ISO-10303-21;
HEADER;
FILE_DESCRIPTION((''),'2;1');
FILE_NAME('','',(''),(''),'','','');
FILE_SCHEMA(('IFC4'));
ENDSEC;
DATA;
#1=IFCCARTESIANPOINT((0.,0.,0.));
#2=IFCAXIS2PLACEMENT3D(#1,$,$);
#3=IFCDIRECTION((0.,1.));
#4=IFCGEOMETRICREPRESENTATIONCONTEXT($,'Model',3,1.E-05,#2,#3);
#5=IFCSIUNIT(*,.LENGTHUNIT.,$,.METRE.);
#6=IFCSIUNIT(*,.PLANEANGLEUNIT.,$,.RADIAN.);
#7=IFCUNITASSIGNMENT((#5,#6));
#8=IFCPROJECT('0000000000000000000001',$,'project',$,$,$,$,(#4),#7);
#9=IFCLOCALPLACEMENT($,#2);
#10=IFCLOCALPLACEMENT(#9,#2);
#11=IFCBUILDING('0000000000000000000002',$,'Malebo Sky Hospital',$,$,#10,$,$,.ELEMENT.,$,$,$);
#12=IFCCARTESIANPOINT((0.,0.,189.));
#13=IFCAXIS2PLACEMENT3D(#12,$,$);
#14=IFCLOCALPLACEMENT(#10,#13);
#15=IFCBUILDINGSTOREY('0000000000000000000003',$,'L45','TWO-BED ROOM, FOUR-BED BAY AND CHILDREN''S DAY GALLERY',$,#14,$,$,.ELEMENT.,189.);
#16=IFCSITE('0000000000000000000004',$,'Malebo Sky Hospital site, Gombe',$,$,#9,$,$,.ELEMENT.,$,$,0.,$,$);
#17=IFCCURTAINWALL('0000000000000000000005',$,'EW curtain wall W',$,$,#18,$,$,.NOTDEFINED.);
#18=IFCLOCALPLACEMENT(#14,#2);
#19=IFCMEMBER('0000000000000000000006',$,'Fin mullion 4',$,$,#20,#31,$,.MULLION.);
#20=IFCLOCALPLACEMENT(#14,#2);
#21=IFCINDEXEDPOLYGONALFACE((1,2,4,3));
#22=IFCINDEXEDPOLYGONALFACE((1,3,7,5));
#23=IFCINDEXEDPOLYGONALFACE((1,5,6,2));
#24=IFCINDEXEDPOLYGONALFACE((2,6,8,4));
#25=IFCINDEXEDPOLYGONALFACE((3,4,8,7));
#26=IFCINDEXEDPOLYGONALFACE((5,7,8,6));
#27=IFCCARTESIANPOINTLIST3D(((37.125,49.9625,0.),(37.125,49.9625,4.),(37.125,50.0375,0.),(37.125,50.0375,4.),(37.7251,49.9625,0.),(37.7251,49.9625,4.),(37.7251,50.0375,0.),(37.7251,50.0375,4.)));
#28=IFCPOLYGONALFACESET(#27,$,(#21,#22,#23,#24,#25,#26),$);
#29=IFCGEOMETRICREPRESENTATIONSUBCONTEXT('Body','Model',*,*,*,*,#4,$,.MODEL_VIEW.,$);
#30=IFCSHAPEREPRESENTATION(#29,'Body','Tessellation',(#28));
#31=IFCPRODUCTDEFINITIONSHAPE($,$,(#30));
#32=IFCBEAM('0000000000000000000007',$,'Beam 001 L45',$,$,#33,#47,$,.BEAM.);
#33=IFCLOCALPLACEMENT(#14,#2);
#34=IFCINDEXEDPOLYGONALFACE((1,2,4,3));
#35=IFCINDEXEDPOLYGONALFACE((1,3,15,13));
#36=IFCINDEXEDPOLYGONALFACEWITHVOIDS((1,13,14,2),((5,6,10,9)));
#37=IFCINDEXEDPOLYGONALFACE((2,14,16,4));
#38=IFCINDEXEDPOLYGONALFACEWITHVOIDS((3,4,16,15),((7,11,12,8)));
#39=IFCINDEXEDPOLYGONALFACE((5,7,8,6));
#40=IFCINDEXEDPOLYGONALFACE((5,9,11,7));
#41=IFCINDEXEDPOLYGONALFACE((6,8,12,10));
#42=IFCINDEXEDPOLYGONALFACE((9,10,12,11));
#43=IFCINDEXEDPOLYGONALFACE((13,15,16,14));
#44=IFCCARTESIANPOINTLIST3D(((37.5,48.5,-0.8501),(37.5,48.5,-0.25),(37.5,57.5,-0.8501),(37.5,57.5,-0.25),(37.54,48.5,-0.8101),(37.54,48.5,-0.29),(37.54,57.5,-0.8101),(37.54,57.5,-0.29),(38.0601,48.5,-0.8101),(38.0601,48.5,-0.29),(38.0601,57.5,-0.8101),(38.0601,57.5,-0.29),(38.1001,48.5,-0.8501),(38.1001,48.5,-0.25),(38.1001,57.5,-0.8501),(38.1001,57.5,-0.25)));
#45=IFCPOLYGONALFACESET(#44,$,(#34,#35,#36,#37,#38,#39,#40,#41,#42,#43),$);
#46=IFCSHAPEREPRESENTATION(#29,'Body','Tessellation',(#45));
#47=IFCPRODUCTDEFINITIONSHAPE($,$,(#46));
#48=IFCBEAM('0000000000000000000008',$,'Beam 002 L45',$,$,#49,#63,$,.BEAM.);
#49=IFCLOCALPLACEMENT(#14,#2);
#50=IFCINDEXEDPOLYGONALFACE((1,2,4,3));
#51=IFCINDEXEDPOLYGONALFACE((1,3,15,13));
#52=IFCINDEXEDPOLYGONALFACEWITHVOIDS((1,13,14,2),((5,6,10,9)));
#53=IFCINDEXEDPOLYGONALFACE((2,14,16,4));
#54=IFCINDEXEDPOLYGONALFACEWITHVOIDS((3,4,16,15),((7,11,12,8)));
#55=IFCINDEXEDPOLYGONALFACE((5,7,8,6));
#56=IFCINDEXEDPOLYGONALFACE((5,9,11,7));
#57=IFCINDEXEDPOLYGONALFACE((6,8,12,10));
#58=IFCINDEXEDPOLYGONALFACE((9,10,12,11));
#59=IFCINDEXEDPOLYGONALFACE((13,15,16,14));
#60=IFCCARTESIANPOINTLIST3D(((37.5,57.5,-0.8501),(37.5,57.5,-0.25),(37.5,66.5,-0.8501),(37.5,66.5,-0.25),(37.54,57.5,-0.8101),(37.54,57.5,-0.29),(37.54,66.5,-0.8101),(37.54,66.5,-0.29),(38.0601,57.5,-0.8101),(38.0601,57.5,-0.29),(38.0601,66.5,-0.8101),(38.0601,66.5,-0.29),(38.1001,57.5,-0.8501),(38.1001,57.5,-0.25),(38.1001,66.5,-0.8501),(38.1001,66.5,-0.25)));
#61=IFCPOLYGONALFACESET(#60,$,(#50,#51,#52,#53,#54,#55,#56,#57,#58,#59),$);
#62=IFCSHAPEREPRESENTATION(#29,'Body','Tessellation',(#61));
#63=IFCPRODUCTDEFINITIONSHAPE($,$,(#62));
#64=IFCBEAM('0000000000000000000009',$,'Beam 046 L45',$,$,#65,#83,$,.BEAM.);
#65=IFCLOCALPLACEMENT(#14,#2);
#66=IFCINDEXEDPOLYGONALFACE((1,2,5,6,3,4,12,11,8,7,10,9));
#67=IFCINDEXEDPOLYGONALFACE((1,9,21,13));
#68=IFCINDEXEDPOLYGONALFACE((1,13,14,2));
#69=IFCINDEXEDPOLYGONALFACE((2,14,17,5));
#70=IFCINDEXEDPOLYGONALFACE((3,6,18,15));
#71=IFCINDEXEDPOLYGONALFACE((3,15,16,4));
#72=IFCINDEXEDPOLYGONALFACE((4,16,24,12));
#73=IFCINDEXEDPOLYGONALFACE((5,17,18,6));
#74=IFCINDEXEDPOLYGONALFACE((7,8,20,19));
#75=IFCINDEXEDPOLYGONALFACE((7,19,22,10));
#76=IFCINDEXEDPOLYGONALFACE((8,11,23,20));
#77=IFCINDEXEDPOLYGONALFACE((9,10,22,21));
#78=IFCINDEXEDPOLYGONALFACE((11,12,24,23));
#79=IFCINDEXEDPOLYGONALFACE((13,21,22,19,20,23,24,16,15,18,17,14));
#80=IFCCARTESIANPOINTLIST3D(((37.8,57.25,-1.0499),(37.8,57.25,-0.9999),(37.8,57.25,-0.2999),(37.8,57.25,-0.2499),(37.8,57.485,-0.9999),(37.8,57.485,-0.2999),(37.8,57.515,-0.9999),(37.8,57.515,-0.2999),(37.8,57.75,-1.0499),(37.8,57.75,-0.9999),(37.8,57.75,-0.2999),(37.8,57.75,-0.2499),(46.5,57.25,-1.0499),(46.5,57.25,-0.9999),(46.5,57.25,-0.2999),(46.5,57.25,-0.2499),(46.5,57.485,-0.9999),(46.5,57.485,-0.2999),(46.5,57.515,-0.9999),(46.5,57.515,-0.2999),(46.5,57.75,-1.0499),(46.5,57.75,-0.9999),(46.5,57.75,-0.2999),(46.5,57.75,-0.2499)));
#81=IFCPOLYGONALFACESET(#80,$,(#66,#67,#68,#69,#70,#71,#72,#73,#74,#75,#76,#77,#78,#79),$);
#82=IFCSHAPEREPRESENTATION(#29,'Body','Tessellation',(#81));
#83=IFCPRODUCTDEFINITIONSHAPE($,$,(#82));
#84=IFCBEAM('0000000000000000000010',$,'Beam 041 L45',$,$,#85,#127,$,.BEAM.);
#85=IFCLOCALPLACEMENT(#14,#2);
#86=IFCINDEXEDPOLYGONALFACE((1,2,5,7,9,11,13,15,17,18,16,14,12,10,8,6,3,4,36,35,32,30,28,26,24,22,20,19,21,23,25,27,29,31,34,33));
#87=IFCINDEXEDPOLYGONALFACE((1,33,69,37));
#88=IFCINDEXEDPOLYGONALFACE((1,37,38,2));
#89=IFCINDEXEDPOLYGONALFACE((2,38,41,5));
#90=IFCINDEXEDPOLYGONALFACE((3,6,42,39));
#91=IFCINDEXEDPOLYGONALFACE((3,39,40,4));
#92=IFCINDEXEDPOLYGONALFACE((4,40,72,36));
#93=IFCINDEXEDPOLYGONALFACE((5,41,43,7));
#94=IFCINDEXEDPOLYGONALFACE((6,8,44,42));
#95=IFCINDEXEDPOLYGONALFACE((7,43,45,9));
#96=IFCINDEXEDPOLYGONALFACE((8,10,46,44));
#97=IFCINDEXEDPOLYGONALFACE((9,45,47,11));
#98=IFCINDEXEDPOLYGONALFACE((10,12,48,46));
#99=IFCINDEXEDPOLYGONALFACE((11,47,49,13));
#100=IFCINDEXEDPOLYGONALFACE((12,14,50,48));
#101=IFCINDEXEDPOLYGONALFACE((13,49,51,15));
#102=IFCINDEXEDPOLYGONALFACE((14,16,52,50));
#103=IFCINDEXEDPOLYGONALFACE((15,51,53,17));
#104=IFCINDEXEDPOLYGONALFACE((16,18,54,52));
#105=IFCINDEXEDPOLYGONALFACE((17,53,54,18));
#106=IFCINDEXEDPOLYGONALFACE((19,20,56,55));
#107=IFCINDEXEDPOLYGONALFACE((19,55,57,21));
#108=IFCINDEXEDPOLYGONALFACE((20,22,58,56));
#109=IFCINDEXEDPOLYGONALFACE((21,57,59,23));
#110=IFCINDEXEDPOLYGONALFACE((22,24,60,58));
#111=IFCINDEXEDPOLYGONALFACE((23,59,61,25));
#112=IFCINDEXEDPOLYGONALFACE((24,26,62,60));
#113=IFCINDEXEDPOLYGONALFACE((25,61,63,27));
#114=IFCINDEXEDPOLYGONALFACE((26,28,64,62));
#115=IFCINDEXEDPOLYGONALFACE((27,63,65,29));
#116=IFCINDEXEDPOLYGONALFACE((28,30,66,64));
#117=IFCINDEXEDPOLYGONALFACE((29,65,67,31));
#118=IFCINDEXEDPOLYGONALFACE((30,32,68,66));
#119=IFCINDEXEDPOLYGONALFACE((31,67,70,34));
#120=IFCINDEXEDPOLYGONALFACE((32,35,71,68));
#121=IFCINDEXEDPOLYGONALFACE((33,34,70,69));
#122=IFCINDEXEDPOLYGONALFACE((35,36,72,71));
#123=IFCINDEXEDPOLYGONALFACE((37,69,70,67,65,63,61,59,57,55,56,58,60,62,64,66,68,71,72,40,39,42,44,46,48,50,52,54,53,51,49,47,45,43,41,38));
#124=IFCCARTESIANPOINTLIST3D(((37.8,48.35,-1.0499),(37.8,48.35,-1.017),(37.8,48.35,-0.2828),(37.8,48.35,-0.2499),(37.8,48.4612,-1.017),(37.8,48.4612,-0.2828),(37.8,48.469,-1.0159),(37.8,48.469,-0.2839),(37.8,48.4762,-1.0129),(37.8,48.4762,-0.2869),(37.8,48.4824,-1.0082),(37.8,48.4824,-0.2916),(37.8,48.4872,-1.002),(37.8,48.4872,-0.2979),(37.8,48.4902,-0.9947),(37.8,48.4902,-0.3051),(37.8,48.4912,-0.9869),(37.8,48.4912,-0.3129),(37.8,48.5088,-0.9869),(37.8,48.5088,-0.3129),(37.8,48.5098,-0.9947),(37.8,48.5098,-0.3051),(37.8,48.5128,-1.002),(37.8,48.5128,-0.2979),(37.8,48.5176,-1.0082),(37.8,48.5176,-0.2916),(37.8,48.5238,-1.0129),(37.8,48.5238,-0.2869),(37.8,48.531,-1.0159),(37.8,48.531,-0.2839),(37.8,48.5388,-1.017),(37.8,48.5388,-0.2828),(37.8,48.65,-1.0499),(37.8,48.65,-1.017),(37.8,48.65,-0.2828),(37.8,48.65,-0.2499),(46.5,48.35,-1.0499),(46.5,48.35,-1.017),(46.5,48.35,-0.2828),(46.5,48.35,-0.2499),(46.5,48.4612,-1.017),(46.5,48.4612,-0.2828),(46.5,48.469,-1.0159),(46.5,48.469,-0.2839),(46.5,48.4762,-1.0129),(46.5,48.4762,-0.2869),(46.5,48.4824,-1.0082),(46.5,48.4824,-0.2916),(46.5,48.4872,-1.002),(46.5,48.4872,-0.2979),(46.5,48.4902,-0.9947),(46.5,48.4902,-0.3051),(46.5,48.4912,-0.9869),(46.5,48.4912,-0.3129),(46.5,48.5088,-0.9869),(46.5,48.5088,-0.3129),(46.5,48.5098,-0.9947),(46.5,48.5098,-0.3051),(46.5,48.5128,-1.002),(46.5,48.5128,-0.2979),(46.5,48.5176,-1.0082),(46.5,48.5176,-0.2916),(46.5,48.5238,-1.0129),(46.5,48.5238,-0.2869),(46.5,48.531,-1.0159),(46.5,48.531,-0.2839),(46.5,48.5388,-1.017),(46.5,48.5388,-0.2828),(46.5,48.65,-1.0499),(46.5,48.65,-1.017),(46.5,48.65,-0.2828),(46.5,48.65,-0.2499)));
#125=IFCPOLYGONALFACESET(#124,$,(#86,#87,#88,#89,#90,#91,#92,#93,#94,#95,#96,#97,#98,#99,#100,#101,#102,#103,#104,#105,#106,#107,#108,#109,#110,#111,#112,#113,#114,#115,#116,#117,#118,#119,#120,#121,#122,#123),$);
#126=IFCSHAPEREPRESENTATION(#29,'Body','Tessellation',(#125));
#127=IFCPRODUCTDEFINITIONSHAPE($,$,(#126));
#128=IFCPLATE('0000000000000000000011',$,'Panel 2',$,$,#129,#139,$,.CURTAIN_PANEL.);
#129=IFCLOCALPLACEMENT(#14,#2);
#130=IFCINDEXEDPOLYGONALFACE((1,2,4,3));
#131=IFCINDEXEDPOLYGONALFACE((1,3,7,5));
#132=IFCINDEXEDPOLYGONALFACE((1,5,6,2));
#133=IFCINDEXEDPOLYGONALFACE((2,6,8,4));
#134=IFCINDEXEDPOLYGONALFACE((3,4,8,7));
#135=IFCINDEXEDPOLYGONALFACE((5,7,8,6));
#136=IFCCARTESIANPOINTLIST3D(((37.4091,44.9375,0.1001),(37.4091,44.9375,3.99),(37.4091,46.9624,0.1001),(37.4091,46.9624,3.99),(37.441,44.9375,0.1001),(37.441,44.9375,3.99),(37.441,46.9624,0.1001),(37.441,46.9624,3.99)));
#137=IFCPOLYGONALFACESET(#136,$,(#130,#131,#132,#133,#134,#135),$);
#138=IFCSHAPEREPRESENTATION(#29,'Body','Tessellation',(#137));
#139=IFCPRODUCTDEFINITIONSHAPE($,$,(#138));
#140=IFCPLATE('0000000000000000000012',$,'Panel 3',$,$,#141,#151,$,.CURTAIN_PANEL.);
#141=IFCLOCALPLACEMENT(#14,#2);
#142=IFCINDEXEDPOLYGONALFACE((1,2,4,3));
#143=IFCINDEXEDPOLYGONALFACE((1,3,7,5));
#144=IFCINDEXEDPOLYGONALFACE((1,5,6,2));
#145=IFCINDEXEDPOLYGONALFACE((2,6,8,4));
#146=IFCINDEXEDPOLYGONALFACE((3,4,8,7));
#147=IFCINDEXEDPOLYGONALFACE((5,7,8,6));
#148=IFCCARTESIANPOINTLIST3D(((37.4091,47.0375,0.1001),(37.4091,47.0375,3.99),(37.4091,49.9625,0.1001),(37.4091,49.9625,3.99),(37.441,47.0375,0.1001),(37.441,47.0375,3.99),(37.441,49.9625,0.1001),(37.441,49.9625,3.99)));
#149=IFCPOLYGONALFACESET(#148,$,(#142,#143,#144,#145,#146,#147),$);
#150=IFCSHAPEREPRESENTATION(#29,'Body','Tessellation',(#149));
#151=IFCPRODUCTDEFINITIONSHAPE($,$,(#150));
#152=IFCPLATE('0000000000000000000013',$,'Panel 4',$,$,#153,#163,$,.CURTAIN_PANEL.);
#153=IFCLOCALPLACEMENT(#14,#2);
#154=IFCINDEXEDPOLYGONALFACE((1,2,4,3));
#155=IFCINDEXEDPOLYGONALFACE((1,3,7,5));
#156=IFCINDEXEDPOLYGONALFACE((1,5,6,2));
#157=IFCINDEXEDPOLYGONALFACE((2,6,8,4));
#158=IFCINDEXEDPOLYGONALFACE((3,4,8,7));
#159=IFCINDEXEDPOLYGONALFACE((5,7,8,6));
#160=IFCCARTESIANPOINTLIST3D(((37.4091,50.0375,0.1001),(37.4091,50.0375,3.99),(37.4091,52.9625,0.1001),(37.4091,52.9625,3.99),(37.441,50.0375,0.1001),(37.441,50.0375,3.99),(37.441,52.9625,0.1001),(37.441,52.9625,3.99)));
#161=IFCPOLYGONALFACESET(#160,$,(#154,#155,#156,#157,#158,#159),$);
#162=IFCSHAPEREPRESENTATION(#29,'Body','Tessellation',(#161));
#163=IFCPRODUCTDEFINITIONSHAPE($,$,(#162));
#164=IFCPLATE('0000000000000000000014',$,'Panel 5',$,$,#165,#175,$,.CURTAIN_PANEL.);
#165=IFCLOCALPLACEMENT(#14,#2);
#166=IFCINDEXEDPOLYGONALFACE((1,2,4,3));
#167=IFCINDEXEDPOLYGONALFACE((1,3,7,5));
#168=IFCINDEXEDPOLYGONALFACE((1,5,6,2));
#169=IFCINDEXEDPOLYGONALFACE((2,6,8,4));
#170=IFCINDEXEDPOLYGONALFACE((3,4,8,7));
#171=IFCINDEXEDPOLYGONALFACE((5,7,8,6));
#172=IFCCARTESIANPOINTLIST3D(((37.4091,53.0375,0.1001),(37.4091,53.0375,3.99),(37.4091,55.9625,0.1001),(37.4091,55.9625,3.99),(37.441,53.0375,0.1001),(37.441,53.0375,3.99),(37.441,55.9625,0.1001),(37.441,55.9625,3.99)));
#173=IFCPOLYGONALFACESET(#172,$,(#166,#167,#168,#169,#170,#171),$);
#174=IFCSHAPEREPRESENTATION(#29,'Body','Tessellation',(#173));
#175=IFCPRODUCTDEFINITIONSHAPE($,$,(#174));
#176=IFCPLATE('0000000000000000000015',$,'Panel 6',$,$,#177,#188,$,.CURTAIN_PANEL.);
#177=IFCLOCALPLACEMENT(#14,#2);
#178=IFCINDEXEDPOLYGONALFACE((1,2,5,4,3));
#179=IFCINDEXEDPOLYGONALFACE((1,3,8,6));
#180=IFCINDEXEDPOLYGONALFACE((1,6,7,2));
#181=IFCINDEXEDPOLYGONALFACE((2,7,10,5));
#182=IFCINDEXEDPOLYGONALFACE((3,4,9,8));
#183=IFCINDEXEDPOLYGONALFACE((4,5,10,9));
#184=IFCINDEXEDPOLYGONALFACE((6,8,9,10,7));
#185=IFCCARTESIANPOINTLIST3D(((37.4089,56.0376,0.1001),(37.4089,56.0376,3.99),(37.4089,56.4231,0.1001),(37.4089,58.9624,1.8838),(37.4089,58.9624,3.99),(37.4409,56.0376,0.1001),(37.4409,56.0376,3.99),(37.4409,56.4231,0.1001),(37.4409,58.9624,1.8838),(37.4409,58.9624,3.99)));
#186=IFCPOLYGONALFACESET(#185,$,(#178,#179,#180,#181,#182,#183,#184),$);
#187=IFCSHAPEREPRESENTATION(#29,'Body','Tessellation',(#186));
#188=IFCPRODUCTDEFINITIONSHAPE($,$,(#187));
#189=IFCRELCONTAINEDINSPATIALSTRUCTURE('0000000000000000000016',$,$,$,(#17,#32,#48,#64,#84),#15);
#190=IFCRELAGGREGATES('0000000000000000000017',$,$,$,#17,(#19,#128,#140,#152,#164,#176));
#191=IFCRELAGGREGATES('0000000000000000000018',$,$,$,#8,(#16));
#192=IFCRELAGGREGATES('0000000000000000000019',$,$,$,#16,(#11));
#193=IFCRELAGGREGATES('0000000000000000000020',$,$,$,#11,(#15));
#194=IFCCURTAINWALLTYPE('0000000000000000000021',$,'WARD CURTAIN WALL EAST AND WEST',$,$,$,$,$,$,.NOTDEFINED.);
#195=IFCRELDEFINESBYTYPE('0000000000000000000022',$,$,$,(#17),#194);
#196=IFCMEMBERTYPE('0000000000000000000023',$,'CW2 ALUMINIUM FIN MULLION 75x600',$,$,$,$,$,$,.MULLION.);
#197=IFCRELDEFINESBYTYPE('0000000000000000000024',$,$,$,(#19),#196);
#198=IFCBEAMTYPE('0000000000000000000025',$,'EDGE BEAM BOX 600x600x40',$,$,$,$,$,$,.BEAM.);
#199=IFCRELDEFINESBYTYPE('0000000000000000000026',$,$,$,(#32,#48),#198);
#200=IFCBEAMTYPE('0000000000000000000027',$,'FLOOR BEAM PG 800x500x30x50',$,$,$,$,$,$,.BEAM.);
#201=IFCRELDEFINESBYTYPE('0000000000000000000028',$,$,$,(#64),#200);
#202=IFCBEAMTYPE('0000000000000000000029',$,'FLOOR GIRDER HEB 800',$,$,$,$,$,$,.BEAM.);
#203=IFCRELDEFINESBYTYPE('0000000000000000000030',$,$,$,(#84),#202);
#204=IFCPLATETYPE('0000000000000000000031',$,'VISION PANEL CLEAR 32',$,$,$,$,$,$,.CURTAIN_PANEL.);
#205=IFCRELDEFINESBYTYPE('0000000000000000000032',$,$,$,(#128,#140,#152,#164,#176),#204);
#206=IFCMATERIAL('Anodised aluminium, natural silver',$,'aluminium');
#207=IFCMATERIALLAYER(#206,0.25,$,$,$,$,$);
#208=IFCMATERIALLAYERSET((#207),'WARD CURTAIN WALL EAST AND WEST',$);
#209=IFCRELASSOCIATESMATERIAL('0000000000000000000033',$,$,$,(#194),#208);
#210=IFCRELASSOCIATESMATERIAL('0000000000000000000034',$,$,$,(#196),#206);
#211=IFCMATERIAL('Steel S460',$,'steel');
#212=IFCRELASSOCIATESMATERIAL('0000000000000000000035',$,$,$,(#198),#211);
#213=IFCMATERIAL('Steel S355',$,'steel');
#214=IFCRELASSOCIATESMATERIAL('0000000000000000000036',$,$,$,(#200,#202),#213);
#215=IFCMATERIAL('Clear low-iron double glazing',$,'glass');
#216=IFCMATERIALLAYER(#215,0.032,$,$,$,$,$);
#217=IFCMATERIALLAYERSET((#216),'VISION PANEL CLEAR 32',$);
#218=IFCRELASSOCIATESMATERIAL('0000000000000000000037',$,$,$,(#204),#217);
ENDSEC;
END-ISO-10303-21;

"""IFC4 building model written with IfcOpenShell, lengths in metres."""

from ifc_helpers import new_model, si_unit, direction, frame, origin, origin_2d, place, context, subcontext, project, spatial, polyline, rectangle, hollow_rectangle, i_section, outline, extrude, material, layer, layer_set, material_profile, profile_set, type_object, element, aggregate, save


model = new_model("IFC4")

# Units and contexts
model_context = context("Model", 3, precision=1e-05, world=origin(), true_north=direction((0.0, 1.0)))
body_context = subcontext(model_context, "Body", "Model", "MODEL_VIEW")
ifc_project = project(units=[si_unit("LENGTHUNIT", "METRE"), si_unit("PLANEANGLEUNIT", "RADIAN")], contexts=[model_context])

# Site, building, storey
site_placement = place(None, origin())
site = spatial("IfcSite", under=ifc_project, at=site_placement, Name="Malebo Sky Hospital site, Gombe", CompositionType="ELEMENT", RefElevation=0.0)
building_placement = place(site_placement, origin())
building = spatial("IfcBuilding", under=site, at=building_placement, Name="Malebo Sky Hospital", CompositionType="ELEMENT")
storey_placement = place(building_placement, frame((0.0, 0.0, 189.0)))
storey = spatial("IfcBuildingStorey", under=building, at=storey_placement, Name="L45", Description="TWO-BED ROOM, FOUR-BED BAY AND CHILDREN'S DAY GALLERY", CompositionType="ELEMENT", Elevation=189.0)

# Shared definitions
ifc_material_1 = material(Name="Steel S460", Category="steel")

# Curtain wall
ifc_material_2 = material(Name="Anodised aluminium, natural silver", Category="aluminium")
ifc_layer_1 = layer(ifc_material_2, 0.25)
ifc_layer_set_1 = layer_set([ifc_layer_1], Name="WARD CURTAIN WALL EAST AND WEST")
curtain_wall_type = type_object("IfcCurtainWallType", Name="WARD CURTAIN WALL EAST AND WEST", PredefinedType="NOTDEFINED", material=ifc_layer_set_1)
curtain_wall_placement = place(storey_placement, origin())
curtain_wall = element("IfcCurtainWall", 1, at=curtain_wall_placement, inside=storey, type_object=curtain_wall_type, Name="EW curtain wall W", PredefinedType="NOTDEFINED")

# Member
ifc_material_3 = material(Name="Steel S355", Category="steel")
ifc_material_profile_1 = material_profile(ifc_material_2, rectangle(XDim=0.075, YDim=0.6001, at=origin_2d()), Name="CW2 ALUMINIUM FIN MULLION 75x600")
ifc_profile_set_1 = profile_set([ifc_material_profile_1], Name="Anodised aluminium, natural silver")
member_type_1 = type_object("IfcMemberType", Name="CW2 ALUMINIUM FIN MULLION 75x600", PredefinedType="MULLION", material=ifc_profile_set_1)
member_1_placement = place(storey_placement, frame((37.425, 50.0, 0.0), z_axis=(0.0, 0.0, 1.0), x_axis=(0.0, 1.0, 0.0)))
member_1 = element("IfcMember", 2, at=member_1_placement, type_object=member_type_1, Name="Fin mullion 4", PredefinedType="MULLION", context=body_context, shape_type="SweptSolid", body=[
    extrude(rectangle(XDim=0.075, YDim=0.6001, at=origin_2d()), origin(), (0.0, 0.0, 1.0), 4.0),
])

# Beams
ifc_material_profile_2 = material_profile(ifc_material_1, hollow_rectangle(XDim=0.6001, YDim=0.6001, WallThickness=0.04, at=origin_2d()), Name="BOX 600x600x40")
ifc_profile_set_2 = profile_set([ifc_material_profile_2], Name="Steel S460")
beam_type_1 = type_object("IfcBeamType", Name="EDGE BEAM BOX 600x600x40", PredefinedType="BEAM", material=ifc_profile_set_2)
for number, where, z_axis, x_axis, name in (
    (3, (37.8, 48.5, -0.55), (0.0, 1.0, 0.0), (-1.0, 0.0, 0.0), "Beam 001 L45"),
    (4, (37.8, 57.5, -0.55), (0.0, 1.0, 0.0), (-1.0, 0.0, 0.0), "Beam 002 L45"),
):
    element("IfcBeam", number, at=place(storey_placement, frame(where, z_axis=z_axis, x_axis=x_axis)), inside=storey, type_object=beam_type_1, Name=name, PredefinedType="BEAM", context=body_context, shape_type="SweptSolid", body=[
        extrude(hollow_rectangle(XDim=0.6001, YDim=0.6001, WallThickness=0.04, at=origin_2d()), origin(), (0.0, 0.0, 1.0), 9.0),
    ])
ifc_material_profile_3 = material_profile(ifc_material_3, i_section(OverallWidth=0.5, OverallDepth=0.8, WebThickness=0.03, FlangeThickness=0.05, at=origin_2d()), Name="PG 800x500x30x50")
ifc_profile_set_3 = profile_set([ifc_material_profile_3], Name="Steel S355")
beam_type_2 = type_object("IfcBeamType", Name="FLOOR BEAM PG 800x500x30x50", PredefinedType="BEAM", material=ifc_profile_set_3)
beam_1_placement = place(storey_placement, frame((37.8, 57.5, -0.6499), z_axis=(1.0, 0.0, 0.0), x_axis=(0.0, 1.0, 0.0)))
element("IfcBeam", 5, at=beam_1_placement, inside=storey, type_object=beam_type_2, Name="Beam 046 L45", PredefinedType="BEAM", context=body_context, shape_type="SweptSolid", body=[
    extrude(i_section(OverallWidth=0.5, OverallDepth=0.8, WebThickness=0.03, FlangeThickness=0.05, at=origin_2d()), origin(), (0.0, 0.0, 1.0), 8.7),
])
ifc_material_profile_4 = material_profile(ifc_material_3, i_section(OverallWidth=0.3, OverallDepth=0.8, WebThickness=0.0176, FlangeThickness=0.033, FilletRadius=0.03, at=origin_2d()), Name="HEB 800")
ifc_profile_set_4 = profile_set([ifc_material_profile_4], Name="Steel S355")
beam_type_3 = type_object("IfcBeamType", Name="FLOOR GIRDER HEB 800", PredefinedType="BEAM", material=ifc_profile_set_4)
beam_2_placement = place(storey_placement, frame((37.8, 48.5, -0.6499), z_axis=(1.0, 0.0, 0.0), x_axis=(0.0, 1.0, 0.0)))
element("IfcBeam", 6, at=beam_2_placement, inside=storey, type_object=beam_type_3, Name="Beam 041 L45", PredefinedType="BEAM", context=body_context, shape_type="SweptSolid", body=[
    extrude(i_section(OverallWidth=0.3, OverallDepth=0.8, WebThickness=0.0176, FlangeThickness=0.033, FilletRadius=0.03, at=origin_2d()), origin(), (0.0, 0.0, 1.0), 8.7),
])

# Plates
ifc_material_4 = material(Name="Clear low-iron double glazing", Category="glass")
ifc_layer_2 = layer(ifc_material_4, 0.032)
ifc_layer_set_2 = layer_set([ifc_layer_2], Name="VISION PANEL CLEAR 32")
plate_type = type_object("IfcPlateType", Name="VISION PANEL CLEAR 32", PredefinedType="CURTAIN_PANEL", material=ifc_layer_set_2)
plate_1_placement = place(storey_placement, frame((37.425, 45.95, 0.1001), z_axis=(0.0, 0.0, 1.0), x_axis=(0.0, 1.0, 0.0)))
plate_1 = element("IfcPlate", 7, at=plate_1_placement, type_object=plate_type, Name="Panel 2", PredefinedType="CURTAIN_PANEL", context=body_context, shape_type="SweptSolid", body=[
    extrude(rectangle(XDim=2.0249, YDim=0.032, at=origin_2d()), origin(), (0.0, 0.0, 1.0), 3.8899),
])
plate_2_placement = place(storey_placement, frame((37.425, 48.5, 0.1001), z_axis=(0.0, 0.0, 1.0), x_axis=(0.0, 1.0, 0.0)))
plate_2 = element("IfcPlate", 8, at=plate_2_placement, type_object=plate_type, Name="Panel 3", PredefinedType="CURTAIN_PANEL", context=body_context, shape_type="SweptSolid", body=[
    extrude(rectangle(XDim=2.925, YDim=0.032, at=origin_2d()), origin(), (0.0, 0.0, 1.0), 3.8899),
])
plate_3_placement = place(storey_placement, frame((37.425, 51.5, 0.1001), z_axis=(0.0, 0.0, 1.0), x_axis=(0.0, 1.0, 0.0)))
plate_3 = element("IfcPlate", 9, at=plate_3_placement, type_object=plate_type, Name="Panel 4", PredefinedType="CURTAIN_PANEL", context=body_context, shape_type="SweptSolid", body=[
    extrude(rectangle(XDim=2.925, YDim=0.032, at=origin_2d()), origin(), (0.0, 0.0, 1.0), 3.8899),
])
plate_4_placement = place(storey_placement, frame((37.425, 54.5, 0.1001), z_axis=(0.0, 0.0, 1.0), x_axis=(0.0, 1.0, 0.0)))
plate_4 = element("IfcPlate", 10, at=plate_4_placement, type_object=plate_type, Name="Panel 5", PredefinedType="CURTAIN_PANEL", context=body_context, shape_type="SweptSolid", body=[
    extrude(rectangle(XDim=2.925, YDim=0.032, at=origin_2d()), origin(), (0.0, 0.0, 1.0), 3.8899),
])
plate_5_placement = place(storey_placement, frame((37.425, 57.5, 0.1001), z_axis=(0.0, 0.0, 1.0), x_axis=(0.0, 1.0, 0.0)))
plate_5 = element("IfcPlate", 11, at=plate_5_placement, type_object=plate_type, Name="Panel 6", PredefinedType="CURTAIN_PANEL", context=body_context, shape_type="SweptSolid", body=[
    extrude(outline(polyline([(-1.4624, 0.0), (-1.0769, 0.0), (1.4624, 1.7837), (1.4624, 3.8899), (-1.4624, 3.8899), (-1.4624, 0.0)])), frame((0.0, 0.0161, 0.0), z_axis=(0.0, -1.0, 0.0), x_axis=(1.0, 0.0, 0.0)), (0.0, 0.0, 1.0), 0.032),
])
aggregate(curtain_wall, [member_1, plate_1, plate_2, plate_3, plate_4, plate_5])

save(model, "model.ifc")
